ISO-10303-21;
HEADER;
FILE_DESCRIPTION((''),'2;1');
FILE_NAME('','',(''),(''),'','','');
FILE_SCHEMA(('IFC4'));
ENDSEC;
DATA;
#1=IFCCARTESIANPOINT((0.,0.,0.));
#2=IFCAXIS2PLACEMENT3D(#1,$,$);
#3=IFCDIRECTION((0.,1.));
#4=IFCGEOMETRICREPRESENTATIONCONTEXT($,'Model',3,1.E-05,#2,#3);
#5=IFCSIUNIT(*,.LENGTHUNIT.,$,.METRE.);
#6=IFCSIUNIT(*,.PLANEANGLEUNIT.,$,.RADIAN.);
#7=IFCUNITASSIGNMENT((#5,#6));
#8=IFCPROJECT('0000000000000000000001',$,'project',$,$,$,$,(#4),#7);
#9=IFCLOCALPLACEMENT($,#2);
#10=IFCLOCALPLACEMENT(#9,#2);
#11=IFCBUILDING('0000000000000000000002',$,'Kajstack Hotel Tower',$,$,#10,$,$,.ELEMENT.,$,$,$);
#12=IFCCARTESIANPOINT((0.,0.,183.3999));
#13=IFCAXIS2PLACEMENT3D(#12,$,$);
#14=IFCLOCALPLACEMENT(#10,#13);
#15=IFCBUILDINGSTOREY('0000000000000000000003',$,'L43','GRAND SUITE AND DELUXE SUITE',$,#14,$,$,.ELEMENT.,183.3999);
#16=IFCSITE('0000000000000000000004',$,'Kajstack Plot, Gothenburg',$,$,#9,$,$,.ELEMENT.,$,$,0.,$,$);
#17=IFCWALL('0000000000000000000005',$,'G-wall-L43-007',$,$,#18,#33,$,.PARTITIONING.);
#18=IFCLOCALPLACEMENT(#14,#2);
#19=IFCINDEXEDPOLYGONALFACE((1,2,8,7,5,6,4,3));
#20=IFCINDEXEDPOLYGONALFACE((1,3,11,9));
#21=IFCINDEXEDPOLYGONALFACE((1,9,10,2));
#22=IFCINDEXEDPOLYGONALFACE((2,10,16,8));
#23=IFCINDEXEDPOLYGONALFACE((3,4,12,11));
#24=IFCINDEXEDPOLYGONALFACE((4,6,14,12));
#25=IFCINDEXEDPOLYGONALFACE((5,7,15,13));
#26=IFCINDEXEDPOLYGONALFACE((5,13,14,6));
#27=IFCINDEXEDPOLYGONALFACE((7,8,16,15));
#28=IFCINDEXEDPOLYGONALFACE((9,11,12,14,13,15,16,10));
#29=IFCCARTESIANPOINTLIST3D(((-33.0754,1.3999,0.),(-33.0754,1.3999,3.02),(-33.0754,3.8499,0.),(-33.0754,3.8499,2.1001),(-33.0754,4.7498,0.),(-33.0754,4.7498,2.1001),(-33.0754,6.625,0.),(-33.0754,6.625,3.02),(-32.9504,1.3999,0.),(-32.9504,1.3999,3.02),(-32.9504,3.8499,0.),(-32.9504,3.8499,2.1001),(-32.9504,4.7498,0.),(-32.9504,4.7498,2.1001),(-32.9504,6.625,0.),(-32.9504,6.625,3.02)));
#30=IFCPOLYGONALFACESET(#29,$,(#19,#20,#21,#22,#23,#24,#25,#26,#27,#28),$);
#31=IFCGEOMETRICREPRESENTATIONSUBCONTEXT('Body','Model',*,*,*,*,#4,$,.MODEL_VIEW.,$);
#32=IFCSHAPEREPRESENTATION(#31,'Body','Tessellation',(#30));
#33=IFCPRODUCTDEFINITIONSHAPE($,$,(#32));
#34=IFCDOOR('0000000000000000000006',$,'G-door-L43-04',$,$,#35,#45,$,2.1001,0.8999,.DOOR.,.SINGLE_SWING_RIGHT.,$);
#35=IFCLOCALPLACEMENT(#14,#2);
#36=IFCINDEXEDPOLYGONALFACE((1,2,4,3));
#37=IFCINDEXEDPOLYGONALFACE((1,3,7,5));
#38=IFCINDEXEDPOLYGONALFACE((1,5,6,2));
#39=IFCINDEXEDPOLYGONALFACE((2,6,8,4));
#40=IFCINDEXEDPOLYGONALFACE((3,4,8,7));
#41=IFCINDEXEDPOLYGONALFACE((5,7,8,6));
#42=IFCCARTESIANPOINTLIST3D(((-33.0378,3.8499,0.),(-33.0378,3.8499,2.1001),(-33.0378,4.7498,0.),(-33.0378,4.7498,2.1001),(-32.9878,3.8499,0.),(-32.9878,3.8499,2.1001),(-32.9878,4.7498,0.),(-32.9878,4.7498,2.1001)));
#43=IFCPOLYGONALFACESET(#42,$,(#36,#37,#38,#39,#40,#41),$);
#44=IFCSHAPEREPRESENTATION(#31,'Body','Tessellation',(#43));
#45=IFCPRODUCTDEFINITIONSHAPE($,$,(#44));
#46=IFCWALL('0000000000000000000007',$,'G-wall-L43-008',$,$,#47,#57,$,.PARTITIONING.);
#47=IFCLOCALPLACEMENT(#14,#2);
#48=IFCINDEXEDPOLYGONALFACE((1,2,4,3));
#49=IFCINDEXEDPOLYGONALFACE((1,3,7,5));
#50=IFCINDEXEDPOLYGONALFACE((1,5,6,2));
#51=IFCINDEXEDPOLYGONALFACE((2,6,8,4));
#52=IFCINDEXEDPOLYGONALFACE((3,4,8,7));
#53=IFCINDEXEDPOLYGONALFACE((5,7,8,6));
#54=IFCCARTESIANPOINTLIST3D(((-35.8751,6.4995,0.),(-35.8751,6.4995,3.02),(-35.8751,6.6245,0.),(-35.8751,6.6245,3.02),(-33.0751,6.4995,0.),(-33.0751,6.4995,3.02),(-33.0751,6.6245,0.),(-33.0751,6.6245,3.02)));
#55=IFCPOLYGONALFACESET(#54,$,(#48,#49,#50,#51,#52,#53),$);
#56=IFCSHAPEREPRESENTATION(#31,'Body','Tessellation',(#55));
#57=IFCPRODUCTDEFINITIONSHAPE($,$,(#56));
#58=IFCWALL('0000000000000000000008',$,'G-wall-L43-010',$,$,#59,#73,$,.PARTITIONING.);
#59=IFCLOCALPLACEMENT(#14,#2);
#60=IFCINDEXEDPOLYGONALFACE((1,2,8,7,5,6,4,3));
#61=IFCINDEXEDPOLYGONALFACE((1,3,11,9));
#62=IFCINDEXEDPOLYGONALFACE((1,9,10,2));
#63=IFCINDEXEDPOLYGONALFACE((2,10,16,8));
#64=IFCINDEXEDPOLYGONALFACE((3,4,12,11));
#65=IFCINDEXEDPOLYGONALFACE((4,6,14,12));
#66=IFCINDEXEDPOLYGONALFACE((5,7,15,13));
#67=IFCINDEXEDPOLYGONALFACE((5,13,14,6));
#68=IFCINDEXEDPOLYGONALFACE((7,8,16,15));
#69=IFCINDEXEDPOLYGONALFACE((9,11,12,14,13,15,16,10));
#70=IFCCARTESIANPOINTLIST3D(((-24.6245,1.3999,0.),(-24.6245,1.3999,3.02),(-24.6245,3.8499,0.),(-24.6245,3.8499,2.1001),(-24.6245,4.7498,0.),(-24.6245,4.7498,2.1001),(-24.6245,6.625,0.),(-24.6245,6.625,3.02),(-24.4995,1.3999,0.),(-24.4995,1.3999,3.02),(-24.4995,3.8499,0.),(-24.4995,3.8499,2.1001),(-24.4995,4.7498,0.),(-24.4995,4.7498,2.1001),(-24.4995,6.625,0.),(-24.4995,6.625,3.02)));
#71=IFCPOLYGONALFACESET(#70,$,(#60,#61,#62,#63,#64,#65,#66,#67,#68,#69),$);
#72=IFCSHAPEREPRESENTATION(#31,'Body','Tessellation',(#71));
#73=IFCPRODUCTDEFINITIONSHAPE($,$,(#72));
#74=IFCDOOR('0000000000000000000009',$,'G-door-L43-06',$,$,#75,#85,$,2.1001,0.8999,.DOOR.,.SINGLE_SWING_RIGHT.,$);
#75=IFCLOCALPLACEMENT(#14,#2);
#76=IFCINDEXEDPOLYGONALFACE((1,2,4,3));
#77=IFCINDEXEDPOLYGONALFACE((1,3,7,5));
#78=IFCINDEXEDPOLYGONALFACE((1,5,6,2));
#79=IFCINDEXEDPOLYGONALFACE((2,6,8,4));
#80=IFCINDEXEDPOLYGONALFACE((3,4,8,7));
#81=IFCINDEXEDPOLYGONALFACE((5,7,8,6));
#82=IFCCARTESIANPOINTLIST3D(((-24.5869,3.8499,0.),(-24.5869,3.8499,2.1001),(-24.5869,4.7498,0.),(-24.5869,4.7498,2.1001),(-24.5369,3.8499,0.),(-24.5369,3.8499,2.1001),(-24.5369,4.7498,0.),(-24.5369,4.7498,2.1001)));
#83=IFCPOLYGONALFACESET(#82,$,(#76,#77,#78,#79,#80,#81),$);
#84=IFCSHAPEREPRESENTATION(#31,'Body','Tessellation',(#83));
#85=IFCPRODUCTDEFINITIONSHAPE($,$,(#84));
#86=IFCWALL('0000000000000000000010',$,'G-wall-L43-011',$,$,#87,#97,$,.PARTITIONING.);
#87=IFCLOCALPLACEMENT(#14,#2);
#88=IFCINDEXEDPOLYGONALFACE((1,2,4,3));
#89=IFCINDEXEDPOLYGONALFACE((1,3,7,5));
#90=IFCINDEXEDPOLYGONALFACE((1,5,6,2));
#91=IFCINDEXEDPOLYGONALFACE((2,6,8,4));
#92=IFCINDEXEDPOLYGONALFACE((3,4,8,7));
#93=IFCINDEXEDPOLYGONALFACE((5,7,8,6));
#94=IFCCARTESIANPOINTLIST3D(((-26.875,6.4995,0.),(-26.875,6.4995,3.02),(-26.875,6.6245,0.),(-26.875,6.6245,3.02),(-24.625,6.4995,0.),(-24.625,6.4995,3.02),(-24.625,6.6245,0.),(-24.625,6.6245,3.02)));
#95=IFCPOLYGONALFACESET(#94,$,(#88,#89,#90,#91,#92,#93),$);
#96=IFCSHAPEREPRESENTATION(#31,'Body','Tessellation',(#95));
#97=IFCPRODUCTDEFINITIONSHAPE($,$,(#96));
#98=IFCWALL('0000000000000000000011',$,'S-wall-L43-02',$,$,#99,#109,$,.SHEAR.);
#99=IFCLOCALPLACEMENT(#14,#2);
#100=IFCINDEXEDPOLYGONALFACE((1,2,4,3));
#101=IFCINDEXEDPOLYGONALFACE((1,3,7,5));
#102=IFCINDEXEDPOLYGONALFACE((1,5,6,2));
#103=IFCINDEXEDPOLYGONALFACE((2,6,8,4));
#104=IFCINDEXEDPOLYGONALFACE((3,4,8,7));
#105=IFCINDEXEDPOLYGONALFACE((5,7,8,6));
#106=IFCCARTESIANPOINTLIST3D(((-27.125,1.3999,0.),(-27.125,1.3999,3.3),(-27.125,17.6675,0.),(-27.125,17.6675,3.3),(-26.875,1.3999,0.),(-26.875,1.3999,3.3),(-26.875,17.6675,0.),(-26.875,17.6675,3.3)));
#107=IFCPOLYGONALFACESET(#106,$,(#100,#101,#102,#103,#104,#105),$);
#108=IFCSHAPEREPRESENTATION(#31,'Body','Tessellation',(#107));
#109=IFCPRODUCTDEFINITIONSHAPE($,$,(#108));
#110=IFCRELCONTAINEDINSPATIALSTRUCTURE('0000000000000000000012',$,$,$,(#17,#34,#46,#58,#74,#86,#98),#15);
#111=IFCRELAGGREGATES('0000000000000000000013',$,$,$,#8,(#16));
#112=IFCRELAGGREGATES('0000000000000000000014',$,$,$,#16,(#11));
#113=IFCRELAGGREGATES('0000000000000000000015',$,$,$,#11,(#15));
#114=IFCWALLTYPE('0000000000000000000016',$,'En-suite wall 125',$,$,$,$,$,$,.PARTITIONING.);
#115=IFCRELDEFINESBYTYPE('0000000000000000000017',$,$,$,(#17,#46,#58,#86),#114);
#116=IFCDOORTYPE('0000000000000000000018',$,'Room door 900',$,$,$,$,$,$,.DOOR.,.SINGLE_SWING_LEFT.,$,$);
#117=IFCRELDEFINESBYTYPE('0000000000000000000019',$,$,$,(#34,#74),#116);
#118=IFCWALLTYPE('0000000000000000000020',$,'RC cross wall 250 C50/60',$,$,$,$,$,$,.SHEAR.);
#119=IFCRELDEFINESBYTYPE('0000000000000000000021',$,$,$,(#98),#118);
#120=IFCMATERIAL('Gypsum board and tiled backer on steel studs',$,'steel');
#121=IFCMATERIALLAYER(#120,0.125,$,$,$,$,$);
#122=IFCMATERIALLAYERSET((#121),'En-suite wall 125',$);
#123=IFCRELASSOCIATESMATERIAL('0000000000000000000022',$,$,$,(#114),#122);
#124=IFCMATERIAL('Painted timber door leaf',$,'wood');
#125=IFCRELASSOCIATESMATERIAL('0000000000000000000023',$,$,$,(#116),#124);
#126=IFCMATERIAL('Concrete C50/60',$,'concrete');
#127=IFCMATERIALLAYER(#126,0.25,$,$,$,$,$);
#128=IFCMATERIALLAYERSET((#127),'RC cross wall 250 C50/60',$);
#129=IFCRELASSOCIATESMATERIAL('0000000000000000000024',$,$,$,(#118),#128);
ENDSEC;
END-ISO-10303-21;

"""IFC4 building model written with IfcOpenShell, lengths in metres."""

from ifc_helpers import new_model, si_unit, direction, frame, frame_2d, origin, place, context, subcontext, project, spatial, rectangle, extrude, material, layer, layer_set, type_object, element, fill, save


model = new_model("IFC4")

# Units and contexts
model_context = context("Model", 3, precision=1e-05, world=origin(), true_north=direction((0.0, 1.0)))
body_context = subcontext(model_context, "Body", "Model", "MODEL_VIEW")
ifc_project = project(units=[si_unit("LENGTHUNIT", "METRE"), si_unit("PLANEANGLEUNIT", "RADIAN")], contexts=[model_context])

# Site, building, storey
site_placement = place(None, origin())
site = spatial("IfcSite", under=ifc_project, at=site_placement, Name="Kajstack Plot, Gothenburg", CompositionType="ELEMENT", RefElevation=0.0)
building_placement = place(site_placement, origin())
building = spatial("IfcBuilding", under=site, at=building_placement, Name="Kajstack Hotel Tower", CompositionType="ELEMENT")
storey_placement = place(building_placement, frame((0.0, 0.0, 183.3999)))
storey = spatial("IfcBuildingStorey", under=building, at=storey_placement, Name="L43", Description="GRAND SUITE AND DELUXE SUITE", CompositionType="ELEMENT", Elevation=183.3999)

# Shared definitions
ifc_material_1 = material(Name="Gypsum board and tiled backer on steel studs", Category="steel")
ifc_layer_1 = layer(ifc_material_1, 0.125)
ifc_layer_set_1 = layer_set([ifc_layer_1], Name="En-suite wall 125")
wall_type_1 = type_object("IfcWallType", Name="En-suite wall 125", PredefinedType="PARTITIONING", material=ifc_layer_set_1)

# Wall, opening, door
wall_1_placement = place(storey_placement, frame((-33.0129, 1.3999, 0.0), z_axis=(0.0, 0.0, 1.0), x_axis=(0.0, 1.0, 0.0)))
wall_1 = element("IfcWall", 1, at=wall_1_placement, inside=storey, type_object=wall_type_1, Name="G-wall-L43-007", PredefinedType="PARTITIONING", context=body_context, shape_type="SweptSolid", body=[
    extrude(rectangle(XDim=5.2251, YDim=0.125, at=frame_2d((2.6125, 0.0))), origin(), (0.0, 0.0, 1.0), 3.02),
])
opening_1_placement = place(wall_1_placement, frame((2.45, 0.0, 0.0)))
opening_1 = element("IfcOpeningElement", 2, at=opening_1_placement, cuts=wall_1, PredefinedType="OPENING", context=body_context, shape_type="SweptSolid", body=[
    extrude(rectangle(XDim=0.8999, YDim=2.1001, at=frame_2d((0.45, 1.05))), frame((0.0, 0.0725, 0.0), z_axis=(0.0, -1.0, 0.0), x_axis=(1.0, 0.0, 0.0)), (0.0, 0.0, 1.0), 0.145),
])
ifc_material_2 = material(Name="Painted timber door leaf", Category="wood")
door_type = type_object("IfcDoorType", Name="Room door 900", OperationType="SINGLE_SWING_LEFT", PredefinedType="DOOR", material=ifc_material_2)
door_1_placement = place(opening_1_placement, origin())
door_1 = element("IfcDoor", 3, at=door_1_placement, inside=storey, type_object=door_type, Name="G-door-L43-04", OperationType="SINGLE_SWING_RIGHT", OverallHeight=2.1001, OverallWidth=0.8999, PredefinedType="DOOR", context=body_context, shape_type="SweptSolid", body=[
    extrude(rectangle(XDim=0.8999, YDim=2.1001, at=frame_2d((0.45, 1.05))), frame((0.0, 0.0249, 0.0), z_axis=(0.0, -1.0, 0.0), x_axis=(1.0, 0.0, 0.0)), (0.0, 0.0, 1.0), 0.05),
])
fill(opening_1, door_1)

# Wall
wall_2_placement = place(storey_placement, frame((-35.875, 6.562, 0.0), z_axis=(0.0, 0.0, 1.0), x_axis=(1.0, 0.0, 0.0)))
element("IfcWall", 4, at=wall_2_placement, inside=storey, type_object=wall_type_1, Name="G-wall-L43-008", PredefinedType="PARTITIONING", context=body_context, shape_type="SweptSolid", body=[
    extrude(rectangle(XDim=2.8, YDim=0.125, at=frame_2d((1.3999, 0.0))), origin(), (0.0, 0.0, 1.0), 3.02),
])

# Wall, opening, door
wall_3_placement = place(storey_placement, frame((-24.562, 1.3999, 0.0), z_axis=(0.0, 0.0, 1.0), x_axis=(0.0, 1.0, 0.0)))
wall_3 = element("IfcWall", 5, at=wall_3_placement, inside=storey, type_object=wall_type_1, Name="G-wall-L43-010", PredefinedType="PARTITIONING", context=body_context, shape_type="SweptSolid", body=[
    extrude(rectangle(XDim=5.2251, YDim=0.125, at=frame_2d((2.6125, 0.0))), origin(), (0.0, 0.0, 1.0), 3.02),
])
opening_2_placement = place(wall_3_placement, frame((2.45, 0.0, 0.0)))
opening_2 = element("IfcOpeningElement", 6, at=opening_2_placement, cuts=wall_3, PredefinedType="OPENING", context=body_context, shape_type="SweptSolid", body=[
    extrude(rectangle(XDim=0.8999, YDim=2.1001, at=frame_2d((0.45, 1.05))), frame((0.0, 0.0725, 0.0), z_axis=(0.0, -1.0, 0.0), x_axis=(1.0, 0.0, 0.0)), (0.0, 0.0, 1.0), 0.145),
])
door_2_placement = place(opening_2_placement, origin())
door_2 = element("IfcDoor", 7, at=door_2_placement, inside=storey, type_object=door_type, Name="G-door-L43-06", OperationType="SINGLE_SWING_RIGHT", OverallHeight=2.1001, OverallWidth=0.8999, PredefinedType="DOOR", context=body_context, shape_type="SweptSolid", body=[
    extrude(rectangle(XDim=0.8999, YDim=2.1001, at=frame_2d((0.45, 1.05))), frame((0.0, 0.0249, 0.0), z_axis=(0.0, -1.0, 0.0), x_axis=(1.0, 0.0, 0.0)), (0.0, 0.0, 1.0), 0.05),
])
fill(opening_2, door_2)

# Walls
wall_4_placement = place(storey_placement, frame((-26.875, 6.562, 0.0), z_axis=(0.0, 0.0, 1.0), x_axis=(1.0, 0.0, 0.0)))
element("IfcWall", 8, at=wall_4_placement, inside=storey, type_object=wall_type_1, Name="G-wall-L43-011", PredefinedType="PARTITIONING", context=body_context, shape_type="SweptSolid", body=[
    extrude(rectangle(XDim=2.25, YDim=0.125, at=frame_2d((1.125, 0.0))), origin(), (0.0, 0.0, 1.0), 3.02),
])
ifc_material_3 = material(Name="Concrete C50/60", Category="concrete")
ifc_layer_2 = layer(ifc_material_3, 0.25)
ifc_layer_set_2 = layer_set([ifc_layer_2], Name="RC cross wall 250 C50/60")
wall_type_2 = type_object("IfcWallType", Name="RC cross wall 250 C50/60", PredefinedType="SHEAR", material=ifc_layer_set_2)
wall_5_placement = place(storey_placement, frame((-27.0, 1.3999, 0.0), z_axis=(0.0, 0.0, 1.0), x_axis=(0.0, 1.0, 0.0)))
element("IfcWall", 9, at=wall_5_placement, inside=storey, type_object=wall_type_2, Name="S-wall-L43-02", PredefinedType="SHEAR", context=body_context, shape_type="SweptSolid", body=[
    extrude(rectangle(XDim=16.2676, YDim=0.25, at=frame_2d((8.1338, 0.0))), origin(), (0.0, 0.0, 1.0), 3.3),
])

save(model, "model.ifc")
